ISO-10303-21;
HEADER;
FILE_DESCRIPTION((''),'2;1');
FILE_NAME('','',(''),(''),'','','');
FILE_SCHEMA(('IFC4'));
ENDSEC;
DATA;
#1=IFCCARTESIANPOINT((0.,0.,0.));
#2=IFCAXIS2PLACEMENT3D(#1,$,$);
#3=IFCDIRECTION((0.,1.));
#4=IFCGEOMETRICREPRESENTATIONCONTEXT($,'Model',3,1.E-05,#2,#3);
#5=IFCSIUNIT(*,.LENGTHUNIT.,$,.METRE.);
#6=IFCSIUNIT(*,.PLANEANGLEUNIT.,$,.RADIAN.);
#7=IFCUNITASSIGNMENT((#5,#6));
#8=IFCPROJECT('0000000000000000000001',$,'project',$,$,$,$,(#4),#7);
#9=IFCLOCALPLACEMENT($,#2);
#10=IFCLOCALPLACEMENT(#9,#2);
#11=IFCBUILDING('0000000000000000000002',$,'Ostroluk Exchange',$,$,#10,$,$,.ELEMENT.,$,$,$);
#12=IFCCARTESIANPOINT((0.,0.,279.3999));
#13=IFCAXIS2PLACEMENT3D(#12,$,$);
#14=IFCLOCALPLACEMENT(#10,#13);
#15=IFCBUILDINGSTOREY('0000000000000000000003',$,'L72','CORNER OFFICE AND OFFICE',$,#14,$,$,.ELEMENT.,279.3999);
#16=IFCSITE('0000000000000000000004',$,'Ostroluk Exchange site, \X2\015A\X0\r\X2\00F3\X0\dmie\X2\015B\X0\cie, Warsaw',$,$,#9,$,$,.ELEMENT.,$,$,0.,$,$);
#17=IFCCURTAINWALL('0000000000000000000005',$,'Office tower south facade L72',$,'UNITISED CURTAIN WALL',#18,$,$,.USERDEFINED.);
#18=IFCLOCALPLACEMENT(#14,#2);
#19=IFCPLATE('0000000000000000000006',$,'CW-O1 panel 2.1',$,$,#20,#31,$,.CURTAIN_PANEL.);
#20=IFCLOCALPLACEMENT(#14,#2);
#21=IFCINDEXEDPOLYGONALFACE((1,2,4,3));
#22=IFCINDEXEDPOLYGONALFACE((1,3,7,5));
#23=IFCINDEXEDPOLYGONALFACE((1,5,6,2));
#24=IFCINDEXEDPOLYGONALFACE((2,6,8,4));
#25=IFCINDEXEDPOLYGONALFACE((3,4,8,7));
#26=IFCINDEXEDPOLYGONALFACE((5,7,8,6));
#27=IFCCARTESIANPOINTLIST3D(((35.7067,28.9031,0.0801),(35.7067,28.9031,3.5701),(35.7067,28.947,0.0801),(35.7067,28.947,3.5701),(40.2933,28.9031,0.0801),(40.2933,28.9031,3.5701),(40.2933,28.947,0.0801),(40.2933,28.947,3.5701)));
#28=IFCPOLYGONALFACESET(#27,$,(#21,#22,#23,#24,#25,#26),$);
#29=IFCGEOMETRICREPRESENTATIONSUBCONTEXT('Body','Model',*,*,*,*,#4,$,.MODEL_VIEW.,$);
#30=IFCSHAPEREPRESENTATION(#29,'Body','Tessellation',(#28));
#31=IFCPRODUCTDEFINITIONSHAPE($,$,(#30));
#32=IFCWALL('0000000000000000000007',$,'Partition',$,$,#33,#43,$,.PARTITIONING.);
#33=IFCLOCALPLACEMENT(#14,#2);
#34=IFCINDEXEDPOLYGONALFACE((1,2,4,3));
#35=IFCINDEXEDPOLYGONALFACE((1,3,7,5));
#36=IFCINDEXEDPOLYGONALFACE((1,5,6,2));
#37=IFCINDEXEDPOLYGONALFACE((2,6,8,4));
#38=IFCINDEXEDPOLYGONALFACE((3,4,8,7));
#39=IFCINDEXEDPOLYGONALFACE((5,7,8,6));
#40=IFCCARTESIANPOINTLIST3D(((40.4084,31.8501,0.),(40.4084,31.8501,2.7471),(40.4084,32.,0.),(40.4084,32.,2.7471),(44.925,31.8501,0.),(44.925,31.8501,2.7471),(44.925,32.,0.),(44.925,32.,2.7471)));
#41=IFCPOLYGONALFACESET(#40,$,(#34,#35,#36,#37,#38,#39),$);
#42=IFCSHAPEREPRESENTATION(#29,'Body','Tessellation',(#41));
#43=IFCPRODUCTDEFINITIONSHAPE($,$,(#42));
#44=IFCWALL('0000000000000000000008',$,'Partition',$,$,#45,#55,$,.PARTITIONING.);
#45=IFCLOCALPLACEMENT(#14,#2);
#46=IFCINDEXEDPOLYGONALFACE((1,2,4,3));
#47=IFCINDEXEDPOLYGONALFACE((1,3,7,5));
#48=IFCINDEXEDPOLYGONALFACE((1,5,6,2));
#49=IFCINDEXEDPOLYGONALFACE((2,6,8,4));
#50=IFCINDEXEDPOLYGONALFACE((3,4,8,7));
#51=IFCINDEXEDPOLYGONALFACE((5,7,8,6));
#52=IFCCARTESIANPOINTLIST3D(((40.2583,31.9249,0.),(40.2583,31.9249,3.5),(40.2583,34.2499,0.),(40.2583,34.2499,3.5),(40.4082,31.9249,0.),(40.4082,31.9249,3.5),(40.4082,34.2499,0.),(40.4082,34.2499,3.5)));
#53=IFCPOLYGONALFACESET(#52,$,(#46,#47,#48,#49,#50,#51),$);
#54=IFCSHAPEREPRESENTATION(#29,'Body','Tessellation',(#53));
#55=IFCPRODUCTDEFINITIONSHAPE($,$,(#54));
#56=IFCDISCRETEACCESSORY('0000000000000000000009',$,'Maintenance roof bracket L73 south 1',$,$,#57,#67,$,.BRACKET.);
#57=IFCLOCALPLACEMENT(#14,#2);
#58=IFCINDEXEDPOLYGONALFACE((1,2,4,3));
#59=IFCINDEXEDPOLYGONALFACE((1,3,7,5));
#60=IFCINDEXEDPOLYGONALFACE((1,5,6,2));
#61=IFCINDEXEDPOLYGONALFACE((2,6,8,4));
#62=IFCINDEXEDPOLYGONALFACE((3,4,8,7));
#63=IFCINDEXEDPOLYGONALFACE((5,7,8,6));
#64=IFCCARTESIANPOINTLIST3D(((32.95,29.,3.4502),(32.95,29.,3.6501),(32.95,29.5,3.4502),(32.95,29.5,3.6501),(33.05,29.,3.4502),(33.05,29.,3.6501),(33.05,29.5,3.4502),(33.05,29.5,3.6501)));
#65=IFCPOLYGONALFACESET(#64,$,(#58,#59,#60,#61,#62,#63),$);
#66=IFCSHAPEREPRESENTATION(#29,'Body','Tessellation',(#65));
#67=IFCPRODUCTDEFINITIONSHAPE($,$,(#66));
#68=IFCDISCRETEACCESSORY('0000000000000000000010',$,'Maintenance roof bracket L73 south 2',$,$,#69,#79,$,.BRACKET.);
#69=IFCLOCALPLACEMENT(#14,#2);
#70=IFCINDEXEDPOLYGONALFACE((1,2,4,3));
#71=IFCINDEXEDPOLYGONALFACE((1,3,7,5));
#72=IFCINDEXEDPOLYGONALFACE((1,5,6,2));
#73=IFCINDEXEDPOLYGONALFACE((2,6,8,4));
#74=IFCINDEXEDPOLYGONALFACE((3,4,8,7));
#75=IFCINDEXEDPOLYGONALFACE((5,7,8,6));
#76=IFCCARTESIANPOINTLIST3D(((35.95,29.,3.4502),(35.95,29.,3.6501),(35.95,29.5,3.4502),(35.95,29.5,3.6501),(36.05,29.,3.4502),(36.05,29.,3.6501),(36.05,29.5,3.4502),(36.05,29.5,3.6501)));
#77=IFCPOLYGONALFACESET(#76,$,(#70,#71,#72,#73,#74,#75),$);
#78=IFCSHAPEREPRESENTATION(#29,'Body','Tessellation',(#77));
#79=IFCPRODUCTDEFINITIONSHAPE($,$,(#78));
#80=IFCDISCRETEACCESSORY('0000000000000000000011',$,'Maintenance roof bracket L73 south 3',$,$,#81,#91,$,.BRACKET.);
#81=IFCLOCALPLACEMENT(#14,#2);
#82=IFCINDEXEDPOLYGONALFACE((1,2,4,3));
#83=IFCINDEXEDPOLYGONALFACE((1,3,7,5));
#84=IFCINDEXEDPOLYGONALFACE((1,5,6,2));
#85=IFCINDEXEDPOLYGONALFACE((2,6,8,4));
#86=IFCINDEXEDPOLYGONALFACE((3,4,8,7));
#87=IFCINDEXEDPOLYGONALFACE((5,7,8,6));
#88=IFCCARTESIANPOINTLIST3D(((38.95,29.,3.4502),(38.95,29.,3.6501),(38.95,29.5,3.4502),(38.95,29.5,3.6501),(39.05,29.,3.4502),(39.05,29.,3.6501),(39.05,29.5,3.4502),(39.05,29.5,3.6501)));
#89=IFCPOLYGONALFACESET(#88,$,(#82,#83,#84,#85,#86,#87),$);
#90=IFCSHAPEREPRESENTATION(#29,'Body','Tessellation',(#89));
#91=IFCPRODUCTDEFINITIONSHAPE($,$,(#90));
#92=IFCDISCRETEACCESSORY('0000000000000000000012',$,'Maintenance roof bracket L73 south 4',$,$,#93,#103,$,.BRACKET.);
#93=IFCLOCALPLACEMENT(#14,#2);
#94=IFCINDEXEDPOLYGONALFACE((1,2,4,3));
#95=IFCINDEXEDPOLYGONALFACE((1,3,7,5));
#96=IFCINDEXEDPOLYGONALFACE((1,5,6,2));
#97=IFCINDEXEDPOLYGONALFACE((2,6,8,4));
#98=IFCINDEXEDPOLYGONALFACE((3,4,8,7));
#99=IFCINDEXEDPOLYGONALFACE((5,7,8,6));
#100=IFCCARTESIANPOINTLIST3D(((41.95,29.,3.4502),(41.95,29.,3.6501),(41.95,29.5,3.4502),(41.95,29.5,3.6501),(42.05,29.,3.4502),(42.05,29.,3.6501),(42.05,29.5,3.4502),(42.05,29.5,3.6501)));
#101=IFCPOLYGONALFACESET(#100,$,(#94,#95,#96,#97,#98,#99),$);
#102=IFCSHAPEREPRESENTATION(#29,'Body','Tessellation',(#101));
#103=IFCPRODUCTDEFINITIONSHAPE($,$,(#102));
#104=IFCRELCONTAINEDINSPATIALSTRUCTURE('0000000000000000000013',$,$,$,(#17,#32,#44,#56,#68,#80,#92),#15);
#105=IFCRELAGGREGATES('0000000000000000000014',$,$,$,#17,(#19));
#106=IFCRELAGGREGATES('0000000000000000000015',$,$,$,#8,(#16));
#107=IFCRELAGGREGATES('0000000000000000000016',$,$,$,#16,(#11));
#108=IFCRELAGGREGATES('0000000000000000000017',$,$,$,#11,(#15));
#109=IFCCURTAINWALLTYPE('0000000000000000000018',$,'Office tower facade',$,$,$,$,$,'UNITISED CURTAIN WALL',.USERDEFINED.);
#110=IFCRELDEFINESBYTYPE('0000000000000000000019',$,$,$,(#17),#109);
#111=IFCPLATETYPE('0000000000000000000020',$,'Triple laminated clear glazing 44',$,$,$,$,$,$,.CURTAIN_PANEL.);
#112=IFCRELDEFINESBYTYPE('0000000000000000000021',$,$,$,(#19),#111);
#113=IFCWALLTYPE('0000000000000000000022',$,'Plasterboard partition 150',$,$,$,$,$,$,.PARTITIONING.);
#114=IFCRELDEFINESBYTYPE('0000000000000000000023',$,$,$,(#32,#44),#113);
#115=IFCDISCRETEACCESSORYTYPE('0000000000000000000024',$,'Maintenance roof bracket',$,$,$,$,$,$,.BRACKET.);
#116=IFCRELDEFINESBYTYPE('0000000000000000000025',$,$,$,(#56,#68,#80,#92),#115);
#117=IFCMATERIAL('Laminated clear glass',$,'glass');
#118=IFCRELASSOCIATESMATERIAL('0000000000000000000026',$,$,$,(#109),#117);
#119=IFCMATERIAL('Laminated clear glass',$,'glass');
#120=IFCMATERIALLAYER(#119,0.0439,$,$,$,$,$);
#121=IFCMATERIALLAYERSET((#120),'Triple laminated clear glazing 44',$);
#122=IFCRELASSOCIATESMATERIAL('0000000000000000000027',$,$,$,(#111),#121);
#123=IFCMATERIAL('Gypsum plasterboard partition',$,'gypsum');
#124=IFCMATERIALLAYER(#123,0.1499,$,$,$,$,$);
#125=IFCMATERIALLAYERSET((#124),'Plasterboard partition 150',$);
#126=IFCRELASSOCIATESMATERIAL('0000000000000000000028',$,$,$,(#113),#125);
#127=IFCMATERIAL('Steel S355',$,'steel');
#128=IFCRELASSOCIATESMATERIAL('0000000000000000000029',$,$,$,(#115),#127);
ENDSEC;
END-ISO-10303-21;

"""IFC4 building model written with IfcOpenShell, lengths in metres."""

from ifc_helpers import new_model, si_unit, direction, frame, frame_2d, origin, origin_2d, place, context, subcontext, project, spatial, rectangle, extrude, material, layer, layer_set, type_object, element, aggregate, save


model = new_model("IFC4")

# Units and contexts
model_context = context("Model", 3, precision=1e-05, world=origin(), true_north=direction((0.0, 1.0)))
body_context = subcontext(model_context, "Body", "Model", "MODEL_VIEW")
ifc_project = project(units=[si_unit("LENGTHUNIT", "METRE"), si_unit("PLANEANGLEUNIT", "RADIAN")], contexts=[model_context])

# Site, building, storey
site_placement = place(None, origin())
site = spatial("IfcSite", under=ifc_project, at=site_placement, Name="Ostroluk Exchange site, Śródmieście, Warsaw", CompositionType="ELEMENT", RefElevation=0.0)
building_placement = place(site_placement, origin())
building = spatial("IfcBuilding", under=site, at=building_placement, Name="Ostroluk Exchange", CompositionType="ELEMENT")
storey_placement = place(building_placement, frame((0.0, 0.0, 279.3999)))
storey = spatial("IfcBuildingStorey", under=building, at=storey_placement, Name="L72", Description="CORNER OFFICE AND OFFICE", CompositionType="ELEMENT", Elevation=279.3999)

# Curtain wall, plate
ifc_material_1 = material(Name="Laminated clear glass", Category="glass")
curtain_wall_type = type_object("IfcCurtainWallType", Name="Office tower facade", ElementType="UNITISED CURTAIN WALL", PredefinedType="USERDEFINED", material=ifc_material_1)
curtain_wall_placement = place(storey_placement, origin())
curtain_wall = element("IfcCurtainWall", 1, at=curtain_wall_placement, inside=storey, type_object=curtain_wall_type, Name="Office tower south facade L72", ObjectType="UNITISED CURTAIN WALL", PredefinedType="USERDEFINED")
ifc_material_2 = material(Name="Laminated clear glass", Category="glass")
ifc_layer_1 = layer(ifc_material_2, 0.0439)
ifc_layer_set_1 = layer_set([ifc_layer_1], Name="Triple laminated clear glazing 44")
plate_type = type_object("IfcPlateType", Name="Triple laminated clear glazing 44", PredefinedType="CURTAIN_PANEL", material=ifc_layer_set_1)
plate_1_placement = place(storey_placement, frame((38.0, 28.925, 0.0801), z_axis=(0.0, 0.0, 1.0), x_axis=(1.0, 0.0, 0.0)))
plate_1 = element("IfcPlate", 2, at=plate_1_placement, type_object=plate_type, Name="CW-O1 panel 2.1", PredefinedType="CURTAIN_PANEL", context=body_context, shape_type="SweptSolid", body=[
    extrude(rectangle(XDim=4.5867, YDim=0.0439, at=origin_2d()), origin(), (0.0, 0.0, 1.0), 3.49),
])
aggregate(curtain_wall, [plate_1])

# Walls
ifc_material_3 = material(Name="Gypsum plasterboard partition", Category="gypsum")
ifc_layer_2 = layer(ifc_material_3, 0.1499)
ifc_layer_set_2 = layer_set([ifc_layer_2], Name="Plasterboard partition 150")
wall_type = type_object("IfcWallType", Name="Plasterboard partition 150", PredefinedType="PARTITIONING", material=ifc_layer_set_2)
wall_1_placement = place(storey_placement, frame((40.4084, 31.925, 0.0), z_axis=(0.0, 0.0, 1.0), x_axis=(1.0, 0.0, 0.0)))
element("IfcWall", 3, at=wall_1_placement, inside=storey, type_object=wall_type, Name="Partition", PredefinedType="PARTITIONING", context=body_context, shape_type="SweptSolid", body=[
    extrude(rectangle(XDim=4.5166, YDim=0.1499, at=frame_2d((2.2583, 0.0))), origin(), (0.0, 0.0, 1.0), 2.7471),
])
wall_2_placement = place(storey_placement, frame((40.3333, 34.25, 0.0), z_axis=(0.0, 0.0, 1.0), x_axis=(0.0, -1.0, 0.0)))
element("IfcWall", 4, at=wall_2_placement, inside=storey, type_object=wall_type, Name="Partition", PredefinedType="PARTITIONING", context=body_context, shape_type="SweptSolid", body=[
    extrude(rectangle(XDim=2.325, YDim=0.1499, at=frame_2d((1.1626, 0.0))), origin(), (0.0, 0.0, 1.0), 3.5),
])

# Discrete accessories
ifc_material_4 = material(Name="Steel S355", Category="steel")
discrete_accessory_type = type_object("IfcDiscreteAccessoryType", Name="Maintenance roof bracket", PredefinedType="BRACKET", material=ifc_material_4)
for number, where, z_axis, x_axis, name in (
    (5, (33.0, 29.25, 3.4502), (0.0, 0.0, 1.0), (1.0, 0.0, 0.0), "Maintenance roof bracket L73 south 1"),
    (6, (36.0, 29.25, 3.4502), (0.0, 0.0, 1.0), (1.0, 0.0, 0.0), "Maintenance roof bracket L73 south 2"),
    (7, (39.0, 29.25, 3.4502), (0.0, 0.0, 1.0), (1.0, 0.0, 0.0), "Maintenance roof bracket L73 south 3"),
    (8, (42.0, 29.25, 3.4502), (0.0, 0.0, 1.0), (1.0, 0.0, 0.0), "Maintenance roof bracket L73 south 4"),
):
    element("IfcDiscreteAccessory", number, at=place(storey_placement, frame(where, z_axis=z_axis, x_axis=x_axis)), inside=storey, type_object=discrete_accessory_type, Name=name, PredefinedType="BRACKET", context=body_context, shape_type="SweptSolid", body=[
        extrude(rectangle(XDim=0.1001, YDim=0.5, at=origin_2d()), origin(), (0.0, 0.0, 1.0), 0.2),
    ])

save(model, "model.ifc")
